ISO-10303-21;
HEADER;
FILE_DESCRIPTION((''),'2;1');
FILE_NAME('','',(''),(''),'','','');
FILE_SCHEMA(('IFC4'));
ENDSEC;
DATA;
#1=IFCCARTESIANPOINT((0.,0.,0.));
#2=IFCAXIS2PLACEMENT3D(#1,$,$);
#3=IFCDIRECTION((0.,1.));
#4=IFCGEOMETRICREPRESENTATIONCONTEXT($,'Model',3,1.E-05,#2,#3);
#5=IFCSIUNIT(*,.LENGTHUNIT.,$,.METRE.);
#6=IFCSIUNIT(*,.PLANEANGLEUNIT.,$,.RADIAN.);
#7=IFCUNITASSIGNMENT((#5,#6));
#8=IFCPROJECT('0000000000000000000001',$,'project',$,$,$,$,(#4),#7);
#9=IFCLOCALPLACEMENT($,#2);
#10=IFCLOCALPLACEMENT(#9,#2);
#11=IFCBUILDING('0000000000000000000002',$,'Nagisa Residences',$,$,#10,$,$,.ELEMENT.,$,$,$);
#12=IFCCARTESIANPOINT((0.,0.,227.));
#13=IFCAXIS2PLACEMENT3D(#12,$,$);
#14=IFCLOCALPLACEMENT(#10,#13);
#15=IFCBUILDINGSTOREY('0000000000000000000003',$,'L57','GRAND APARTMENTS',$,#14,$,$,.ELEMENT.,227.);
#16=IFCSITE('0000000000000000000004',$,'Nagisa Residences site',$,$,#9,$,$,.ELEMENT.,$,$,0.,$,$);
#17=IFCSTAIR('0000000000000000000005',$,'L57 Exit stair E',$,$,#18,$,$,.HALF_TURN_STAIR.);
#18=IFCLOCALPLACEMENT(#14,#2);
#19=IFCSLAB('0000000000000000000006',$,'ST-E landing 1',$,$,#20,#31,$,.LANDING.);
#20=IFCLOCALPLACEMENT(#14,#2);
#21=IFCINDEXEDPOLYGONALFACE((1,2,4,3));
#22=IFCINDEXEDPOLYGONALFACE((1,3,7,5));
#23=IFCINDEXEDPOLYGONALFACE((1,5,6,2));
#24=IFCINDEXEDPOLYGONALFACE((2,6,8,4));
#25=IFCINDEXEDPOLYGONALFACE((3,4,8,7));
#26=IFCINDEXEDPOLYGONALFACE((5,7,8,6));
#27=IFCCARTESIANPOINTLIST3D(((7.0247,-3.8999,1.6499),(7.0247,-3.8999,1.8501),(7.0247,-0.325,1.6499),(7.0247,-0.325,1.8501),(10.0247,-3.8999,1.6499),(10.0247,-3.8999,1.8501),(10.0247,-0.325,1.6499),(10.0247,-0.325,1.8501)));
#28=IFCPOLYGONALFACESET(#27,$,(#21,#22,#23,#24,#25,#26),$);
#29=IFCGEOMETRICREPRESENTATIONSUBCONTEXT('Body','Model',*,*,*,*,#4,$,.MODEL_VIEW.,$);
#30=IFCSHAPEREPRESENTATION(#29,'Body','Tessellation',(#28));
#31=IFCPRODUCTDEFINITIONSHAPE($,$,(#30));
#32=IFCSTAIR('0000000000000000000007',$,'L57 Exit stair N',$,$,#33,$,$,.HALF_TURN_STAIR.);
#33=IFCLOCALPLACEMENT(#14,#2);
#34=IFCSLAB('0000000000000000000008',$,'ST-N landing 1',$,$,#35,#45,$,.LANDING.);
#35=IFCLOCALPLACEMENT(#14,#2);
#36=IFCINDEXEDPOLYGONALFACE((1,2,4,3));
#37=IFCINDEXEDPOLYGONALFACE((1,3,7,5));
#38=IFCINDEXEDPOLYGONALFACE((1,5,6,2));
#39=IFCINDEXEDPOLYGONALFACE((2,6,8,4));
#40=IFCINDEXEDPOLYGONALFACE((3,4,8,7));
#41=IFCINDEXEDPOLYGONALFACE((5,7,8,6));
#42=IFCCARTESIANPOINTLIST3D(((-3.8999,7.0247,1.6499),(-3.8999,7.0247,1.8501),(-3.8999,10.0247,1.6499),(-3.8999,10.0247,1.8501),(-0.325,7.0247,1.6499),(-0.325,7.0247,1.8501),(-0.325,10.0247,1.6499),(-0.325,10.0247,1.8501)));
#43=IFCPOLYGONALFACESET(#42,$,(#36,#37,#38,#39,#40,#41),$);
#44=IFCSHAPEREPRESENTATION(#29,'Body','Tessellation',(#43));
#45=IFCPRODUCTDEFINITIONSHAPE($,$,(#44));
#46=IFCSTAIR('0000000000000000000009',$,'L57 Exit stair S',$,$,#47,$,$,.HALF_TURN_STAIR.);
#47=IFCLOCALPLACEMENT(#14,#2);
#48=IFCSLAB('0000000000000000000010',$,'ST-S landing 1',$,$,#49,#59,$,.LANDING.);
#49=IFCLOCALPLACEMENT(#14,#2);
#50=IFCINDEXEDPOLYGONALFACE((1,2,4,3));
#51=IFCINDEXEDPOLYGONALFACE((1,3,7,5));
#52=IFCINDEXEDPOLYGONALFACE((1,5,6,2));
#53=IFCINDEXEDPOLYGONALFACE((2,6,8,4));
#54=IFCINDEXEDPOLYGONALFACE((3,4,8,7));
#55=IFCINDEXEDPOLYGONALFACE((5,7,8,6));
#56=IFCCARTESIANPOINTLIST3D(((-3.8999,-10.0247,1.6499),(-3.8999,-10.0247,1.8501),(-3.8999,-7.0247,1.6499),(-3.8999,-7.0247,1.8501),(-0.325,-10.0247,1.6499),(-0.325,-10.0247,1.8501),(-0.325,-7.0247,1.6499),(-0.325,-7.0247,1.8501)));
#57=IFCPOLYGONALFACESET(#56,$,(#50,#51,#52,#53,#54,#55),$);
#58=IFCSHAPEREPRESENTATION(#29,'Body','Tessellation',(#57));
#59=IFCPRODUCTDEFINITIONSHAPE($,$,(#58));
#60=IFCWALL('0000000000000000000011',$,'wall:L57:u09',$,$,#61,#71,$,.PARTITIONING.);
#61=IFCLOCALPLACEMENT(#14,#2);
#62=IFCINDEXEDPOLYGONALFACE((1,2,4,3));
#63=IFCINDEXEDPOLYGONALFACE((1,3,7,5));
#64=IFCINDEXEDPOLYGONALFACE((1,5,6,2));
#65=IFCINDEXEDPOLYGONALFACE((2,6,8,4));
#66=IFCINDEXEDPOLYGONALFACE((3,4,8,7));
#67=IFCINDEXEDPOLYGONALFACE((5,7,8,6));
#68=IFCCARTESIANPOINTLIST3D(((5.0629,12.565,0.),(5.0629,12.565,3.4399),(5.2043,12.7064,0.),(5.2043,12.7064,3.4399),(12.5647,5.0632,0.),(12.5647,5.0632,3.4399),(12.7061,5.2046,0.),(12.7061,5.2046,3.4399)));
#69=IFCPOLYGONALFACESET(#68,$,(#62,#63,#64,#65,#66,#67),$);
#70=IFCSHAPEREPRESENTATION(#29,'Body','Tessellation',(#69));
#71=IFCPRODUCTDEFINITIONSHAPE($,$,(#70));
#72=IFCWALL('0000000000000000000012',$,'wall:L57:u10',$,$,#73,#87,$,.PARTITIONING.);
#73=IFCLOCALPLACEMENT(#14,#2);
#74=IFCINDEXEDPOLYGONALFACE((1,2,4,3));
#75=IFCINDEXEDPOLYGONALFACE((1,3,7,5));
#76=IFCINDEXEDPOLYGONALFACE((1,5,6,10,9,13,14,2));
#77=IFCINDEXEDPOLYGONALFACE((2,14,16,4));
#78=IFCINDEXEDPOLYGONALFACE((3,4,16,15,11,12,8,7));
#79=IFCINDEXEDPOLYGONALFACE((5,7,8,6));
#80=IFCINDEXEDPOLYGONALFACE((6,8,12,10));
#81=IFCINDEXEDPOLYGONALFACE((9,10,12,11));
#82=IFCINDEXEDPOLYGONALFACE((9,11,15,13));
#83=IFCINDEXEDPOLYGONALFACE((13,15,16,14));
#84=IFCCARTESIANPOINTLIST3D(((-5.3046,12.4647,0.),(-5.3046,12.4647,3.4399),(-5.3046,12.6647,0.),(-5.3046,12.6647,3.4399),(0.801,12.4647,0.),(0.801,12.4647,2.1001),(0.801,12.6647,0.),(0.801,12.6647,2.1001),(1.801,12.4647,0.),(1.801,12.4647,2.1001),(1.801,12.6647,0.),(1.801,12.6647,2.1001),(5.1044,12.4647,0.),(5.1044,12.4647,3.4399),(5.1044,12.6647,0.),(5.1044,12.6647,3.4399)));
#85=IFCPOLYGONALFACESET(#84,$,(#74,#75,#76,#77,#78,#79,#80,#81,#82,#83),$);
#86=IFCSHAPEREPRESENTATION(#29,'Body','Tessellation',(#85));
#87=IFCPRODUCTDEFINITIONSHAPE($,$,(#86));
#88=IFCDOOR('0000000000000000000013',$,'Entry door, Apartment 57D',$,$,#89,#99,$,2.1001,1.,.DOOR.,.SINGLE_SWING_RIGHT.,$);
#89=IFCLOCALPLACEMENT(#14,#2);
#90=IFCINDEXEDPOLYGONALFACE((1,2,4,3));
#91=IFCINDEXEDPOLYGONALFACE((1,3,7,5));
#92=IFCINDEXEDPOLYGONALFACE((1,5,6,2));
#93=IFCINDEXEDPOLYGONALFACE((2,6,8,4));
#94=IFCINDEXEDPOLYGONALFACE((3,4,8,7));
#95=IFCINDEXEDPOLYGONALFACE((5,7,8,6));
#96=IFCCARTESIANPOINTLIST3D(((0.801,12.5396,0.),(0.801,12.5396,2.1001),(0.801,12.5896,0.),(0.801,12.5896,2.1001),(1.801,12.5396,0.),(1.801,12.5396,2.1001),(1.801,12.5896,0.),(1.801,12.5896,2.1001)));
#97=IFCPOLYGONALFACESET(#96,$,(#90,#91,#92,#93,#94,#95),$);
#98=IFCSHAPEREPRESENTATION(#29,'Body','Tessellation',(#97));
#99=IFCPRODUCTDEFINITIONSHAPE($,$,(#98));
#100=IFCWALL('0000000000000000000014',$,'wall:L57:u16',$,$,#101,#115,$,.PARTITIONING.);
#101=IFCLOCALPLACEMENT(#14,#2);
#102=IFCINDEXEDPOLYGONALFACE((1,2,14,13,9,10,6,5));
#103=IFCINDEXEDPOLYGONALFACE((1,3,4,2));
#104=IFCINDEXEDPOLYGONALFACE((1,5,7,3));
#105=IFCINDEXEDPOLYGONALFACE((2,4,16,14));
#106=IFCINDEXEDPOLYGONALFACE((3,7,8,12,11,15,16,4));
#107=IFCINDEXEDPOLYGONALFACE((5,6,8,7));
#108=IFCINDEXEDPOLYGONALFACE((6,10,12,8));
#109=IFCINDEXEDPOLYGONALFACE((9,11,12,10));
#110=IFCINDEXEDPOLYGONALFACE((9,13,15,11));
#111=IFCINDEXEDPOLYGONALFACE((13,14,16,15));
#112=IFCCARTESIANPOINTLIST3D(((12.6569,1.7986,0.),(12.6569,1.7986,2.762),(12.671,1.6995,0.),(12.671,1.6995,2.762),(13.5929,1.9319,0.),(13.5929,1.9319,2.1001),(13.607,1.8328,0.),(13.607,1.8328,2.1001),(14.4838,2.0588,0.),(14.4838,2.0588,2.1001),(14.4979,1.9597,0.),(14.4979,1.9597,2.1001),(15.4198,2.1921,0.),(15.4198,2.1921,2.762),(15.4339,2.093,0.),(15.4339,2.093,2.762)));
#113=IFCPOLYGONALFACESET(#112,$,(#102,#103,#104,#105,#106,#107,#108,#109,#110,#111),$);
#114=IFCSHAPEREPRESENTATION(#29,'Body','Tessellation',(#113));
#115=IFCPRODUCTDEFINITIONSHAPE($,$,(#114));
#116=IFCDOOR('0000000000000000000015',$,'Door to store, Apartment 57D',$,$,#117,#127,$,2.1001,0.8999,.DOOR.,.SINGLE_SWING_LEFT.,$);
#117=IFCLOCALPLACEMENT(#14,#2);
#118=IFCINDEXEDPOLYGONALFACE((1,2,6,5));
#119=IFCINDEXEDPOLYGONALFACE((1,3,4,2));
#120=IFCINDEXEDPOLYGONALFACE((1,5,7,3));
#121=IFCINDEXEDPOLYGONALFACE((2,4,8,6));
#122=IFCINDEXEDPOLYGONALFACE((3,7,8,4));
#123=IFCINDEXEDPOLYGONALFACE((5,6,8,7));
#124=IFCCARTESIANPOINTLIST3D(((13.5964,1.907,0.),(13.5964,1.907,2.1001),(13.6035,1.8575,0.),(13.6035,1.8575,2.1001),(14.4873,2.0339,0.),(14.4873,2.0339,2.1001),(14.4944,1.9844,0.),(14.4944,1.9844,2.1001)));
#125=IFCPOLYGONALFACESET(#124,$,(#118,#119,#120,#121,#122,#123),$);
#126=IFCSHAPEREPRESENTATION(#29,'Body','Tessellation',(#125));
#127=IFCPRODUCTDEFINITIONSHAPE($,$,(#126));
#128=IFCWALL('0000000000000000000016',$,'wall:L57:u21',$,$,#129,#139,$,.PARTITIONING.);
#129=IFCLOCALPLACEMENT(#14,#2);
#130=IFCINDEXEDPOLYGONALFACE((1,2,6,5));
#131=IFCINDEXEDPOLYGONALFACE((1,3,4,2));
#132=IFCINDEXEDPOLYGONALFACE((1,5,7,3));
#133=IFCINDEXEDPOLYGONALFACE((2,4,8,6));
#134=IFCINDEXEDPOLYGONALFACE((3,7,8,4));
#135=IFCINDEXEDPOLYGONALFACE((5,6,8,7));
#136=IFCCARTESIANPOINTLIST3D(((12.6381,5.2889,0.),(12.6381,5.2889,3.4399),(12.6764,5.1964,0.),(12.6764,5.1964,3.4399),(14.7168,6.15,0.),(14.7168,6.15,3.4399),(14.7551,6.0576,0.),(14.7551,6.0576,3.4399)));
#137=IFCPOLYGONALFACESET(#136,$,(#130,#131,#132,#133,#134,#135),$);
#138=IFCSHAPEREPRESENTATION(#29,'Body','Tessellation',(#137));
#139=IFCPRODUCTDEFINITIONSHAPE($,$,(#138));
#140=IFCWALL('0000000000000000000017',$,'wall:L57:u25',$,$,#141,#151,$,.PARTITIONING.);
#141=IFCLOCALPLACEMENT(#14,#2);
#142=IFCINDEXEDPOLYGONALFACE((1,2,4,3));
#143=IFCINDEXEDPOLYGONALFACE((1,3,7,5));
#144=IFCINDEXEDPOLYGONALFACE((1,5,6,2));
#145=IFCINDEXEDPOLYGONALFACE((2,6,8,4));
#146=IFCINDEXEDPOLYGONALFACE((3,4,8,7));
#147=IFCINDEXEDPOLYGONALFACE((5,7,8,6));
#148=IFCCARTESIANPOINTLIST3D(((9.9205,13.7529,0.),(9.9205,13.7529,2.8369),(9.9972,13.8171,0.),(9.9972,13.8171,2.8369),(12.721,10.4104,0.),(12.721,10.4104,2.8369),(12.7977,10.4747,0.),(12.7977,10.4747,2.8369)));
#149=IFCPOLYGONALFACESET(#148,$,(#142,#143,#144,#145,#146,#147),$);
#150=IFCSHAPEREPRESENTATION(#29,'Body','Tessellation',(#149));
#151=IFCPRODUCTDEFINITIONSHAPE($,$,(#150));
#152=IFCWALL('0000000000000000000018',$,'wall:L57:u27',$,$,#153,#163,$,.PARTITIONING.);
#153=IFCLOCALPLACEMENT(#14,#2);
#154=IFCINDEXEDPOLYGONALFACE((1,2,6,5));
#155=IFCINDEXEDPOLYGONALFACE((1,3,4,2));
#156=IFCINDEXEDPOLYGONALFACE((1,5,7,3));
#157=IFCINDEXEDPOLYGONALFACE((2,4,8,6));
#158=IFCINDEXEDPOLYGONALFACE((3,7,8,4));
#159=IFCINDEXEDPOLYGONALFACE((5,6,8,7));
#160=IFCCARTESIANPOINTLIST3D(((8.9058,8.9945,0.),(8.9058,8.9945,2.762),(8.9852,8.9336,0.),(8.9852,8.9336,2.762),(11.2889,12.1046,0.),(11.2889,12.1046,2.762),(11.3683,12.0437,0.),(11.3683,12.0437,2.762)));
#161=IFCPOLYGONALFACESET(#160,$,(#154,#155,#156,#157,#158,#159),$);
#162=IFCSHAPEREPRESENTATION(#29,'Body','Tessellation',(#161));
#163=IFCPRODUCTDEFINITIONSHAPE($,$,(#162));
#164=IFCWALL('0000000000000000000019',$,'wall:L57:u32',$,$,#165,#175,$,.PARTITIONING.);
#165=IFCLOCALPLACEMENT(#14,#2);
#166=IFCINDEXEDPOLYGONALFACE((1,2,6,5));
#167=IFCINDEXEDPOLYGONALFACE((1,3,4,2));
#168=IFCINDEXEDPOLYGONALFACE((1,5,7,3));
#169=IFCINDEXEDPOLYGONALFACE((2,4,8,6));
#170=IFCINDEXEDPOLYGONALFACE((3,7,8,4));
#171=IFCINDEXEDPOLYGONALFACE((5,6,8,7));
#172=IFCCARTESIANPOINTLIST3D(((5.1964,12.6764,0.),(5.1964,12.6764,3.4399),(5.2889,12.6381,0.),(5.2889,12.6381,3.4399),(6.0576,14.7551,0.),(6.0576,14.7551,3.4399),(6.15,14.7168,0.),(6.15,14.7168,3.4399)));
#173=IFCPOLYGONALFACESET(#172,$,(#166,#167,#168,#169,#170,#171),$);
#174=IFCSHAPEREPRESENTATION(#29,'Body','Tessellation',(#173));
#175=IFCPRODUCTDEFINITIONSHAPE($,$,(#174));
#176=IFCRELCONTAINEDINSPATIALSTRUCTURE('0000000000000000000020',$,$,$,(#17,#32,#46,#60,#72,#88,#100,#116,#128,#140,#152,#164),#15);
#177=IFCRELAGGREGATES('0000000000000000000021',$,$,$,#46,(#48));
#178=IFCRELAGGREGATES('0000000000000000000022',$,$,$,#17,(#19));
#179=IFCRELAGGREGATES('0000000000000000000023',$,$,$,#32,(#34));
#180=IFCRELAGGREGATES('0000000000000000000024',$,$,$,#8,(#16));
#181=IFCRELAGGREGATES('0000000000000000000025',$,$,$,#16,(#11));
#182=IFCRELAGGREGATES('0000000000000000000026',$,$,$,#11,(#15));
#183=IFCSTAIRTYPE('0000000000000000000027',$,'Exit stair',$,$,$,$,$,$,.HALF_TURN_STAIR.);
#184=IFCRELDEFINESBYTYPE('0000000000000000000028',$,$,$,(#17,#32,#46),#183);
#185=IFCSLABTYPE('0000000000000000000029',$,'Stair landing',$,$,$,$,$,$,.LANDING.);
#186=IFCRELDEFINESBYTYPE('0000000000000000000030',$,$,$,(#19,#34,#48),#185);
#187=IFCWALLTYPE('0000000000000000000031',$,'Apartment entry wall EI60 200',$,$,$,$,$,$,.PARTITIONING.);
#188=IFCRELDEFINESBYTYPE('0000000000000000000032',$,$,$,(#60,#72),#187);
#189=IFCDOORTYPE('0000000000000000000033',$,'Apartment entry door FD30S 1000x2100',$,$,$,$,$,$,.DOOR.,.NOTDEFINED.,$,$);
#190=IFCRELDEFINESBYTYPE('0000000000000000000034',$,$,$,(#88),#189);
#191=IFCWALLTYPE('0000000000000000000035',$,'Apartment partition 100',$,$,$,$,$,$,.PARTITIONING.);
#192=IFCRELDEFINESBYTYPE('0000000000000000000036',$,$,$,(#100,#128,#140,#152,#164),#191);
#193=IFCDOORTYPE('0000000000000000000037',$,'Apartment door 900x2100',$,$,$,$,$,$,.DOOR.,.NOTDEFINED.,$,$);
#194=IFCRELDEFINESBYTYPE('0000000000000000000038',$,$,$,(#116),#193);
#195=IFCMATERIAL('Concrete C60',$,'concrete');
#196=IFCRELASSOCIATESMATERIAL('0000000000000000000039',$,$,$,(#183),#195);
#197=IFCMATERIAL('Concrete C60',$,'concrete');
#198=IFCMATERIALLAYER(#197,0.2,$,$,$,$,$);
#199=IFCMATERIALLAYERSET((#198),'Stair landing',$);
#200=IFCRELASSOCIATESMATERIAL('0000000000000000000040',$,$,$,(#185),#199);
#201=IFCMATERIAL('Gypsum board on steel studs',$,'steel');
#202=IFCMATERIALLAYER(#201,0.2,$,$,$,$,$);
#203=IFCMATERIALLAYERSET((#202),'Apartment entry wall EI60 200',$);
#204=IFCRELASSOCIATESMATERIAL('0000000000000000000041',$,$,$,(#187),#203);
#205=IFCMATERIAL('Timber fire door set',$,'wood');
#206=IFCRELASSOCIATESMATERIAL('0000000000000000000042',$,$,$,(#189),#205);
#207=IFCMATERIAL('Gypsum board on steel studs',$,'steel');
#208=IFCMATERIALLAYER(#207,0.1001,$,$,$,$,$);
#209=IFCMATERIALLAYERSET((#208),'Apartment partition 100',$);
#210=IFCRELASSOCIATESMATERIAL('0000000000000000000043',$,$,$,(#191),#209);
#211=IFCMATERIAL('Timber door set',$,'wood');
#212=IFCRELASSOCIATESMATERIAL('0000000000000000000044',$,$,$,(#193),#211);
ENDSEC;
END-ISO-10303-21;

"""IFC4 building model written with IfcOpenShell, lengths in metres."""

from ifc_helpers import new_model, si_unit, direction, frame, frame_2d, origin, place, context, subcontext, project, spatial, polyline, rectangle, outline, extrude, material, layer, layer_set, type_object, element, fill, aggregate, save


model = new_model("IFC4")

# Units and contexts
model_context = context("Model", 3, precision=1e-05, world=origin(), true_north=direction((0.0, 1.0)))
body_context = subcontext(model_context, "Body", "Model", "MODEL_VIEW")
ifc_project = project(units=[si_unit("LENGTHUNIT", "METRE"), si_unit("PLANEANGLEUNIT", "RADIAN")], contexts=[model_context])

# Site, building, storey
site_placement = place(None, origin())
site = spatial("IfcSite", under=ifc_project, at=site_placement, Name="Nagisa Residences site", CompositionType="ELEMENT", RefElevation=0.0)
building_placement = place(site_placement, origin())
building = spatial("IfcBuilding", under=site, at=building_placement, Name="Nagisa Residences", CompositionType="ELEMENT")
storey_placement = place(building_placement, frame((0.0, 0.0, 227.0)))
storey = spatial("IfcBuildingStorey", under=building, at=storey_placement, Name="L57", Description="GRAND APARTMENTS", CompositionType="ELEMENT", Elevation=227.0)

# Stairs, slabs
ifc_material_1 = material(Name="Concrete C60", Category="concrete")
stair_type = type_object("IfcStairType", Name="Exit stair", PredefinedType="HALF_TURN_STAIR", material=ifc_material_1)
stair_1_placement = place(storey_placement, origin())
stair_1 = element("IfcStair", 1, at=stair_1_placement, inside=storey, type_object=stair_type, Name="L57 Exit stair E", PredefinedType="HALF_TURN_STAIR")
ifc_material_2 = material(Name="Concrete C60", Category="concrete")
ifc_layer_1 = layer(ifc_material_2, 0.2)
ifc_layer_set_1 = layer_set([ifc_layer_1], Name="Stair landing")
slab_type = type_object("IfcSlabType", Name="Stair landing", PredefinedType="LANDING", material=ifc_layer_set_1)
slab_1_placement = place(storey_placement, frame((0.0, 0.0, 1.6499)))
slab_1 = element("IfcSlab", 2, at=slab_1_placement, type_object=slab_type, Name="ST-E landing 1", PredefinedType="LANDING", context=body_context, shape_type="SweptSolid", body=[
    extrude(outline(polyline([(7.0247, -0.325), (7.0247, -3.8999), (10.0247, -3.8999), (10.0247, -0.325), (7.0247, -0.325)])), origin(), (0.0, 0.0, 1.0), 0.2002),
])
stair_2_placement = place(storey_placement, origin())
stair_2 = element("IfcStair", 3, at=stair_2_placement, inside=storey, type_object=stair_type, Name="L57 Exit stair N", PredefinedType="HALF_TURN_STAIR")
slab_2_placement = place(storey_placement, frame((0.0, 0.0, 1.6499)))
slab_2 = element("IfcSlab", 4, at=slab_2_placement, type_object=slab_type, Name="ST-N landing 1", PredefinedType="LANDING", context=body_context, shape_type="SweptSolid", body=[
    extrude(outline(polyline([(-0.325, 10.0247), (-3.8999, 10.0247), (-3.8999, 7.0247), (-0.325, 7.0247), (-0.325, 10.0247)])), origin(), (0.0, 0.0, 1.0), 0.2002),
])
stair_3_placement = place(storey_placement, origin())
stair_3 = element("IfcStair", 5, at=stair_3_placement, inside=storey, type_object=stair_type, Name="L57 Exit stair S", PredefinedType="HALF_TURN_STAIR")
slab_3_placement = place(storey_placement, frame((0.0, 0.0, 1.6499)))
slab_3 = element("IfcSlab", 6, at=slab_3_placement, type_object=slab_type, Name="ST-S landing 1", PredefinedType="LANDING", context=body_context, shape_type="SweptSolid", body=[
    extrude(outline(polyline([(-0.325, -7.0247), (-3.8999, -7.0247), (-3.8999, -10.0247), (-0.325, -10.0247), (-0.325, -7.0247)])), origin(), (0.0, 0.0, 1.0), 0.2002),
])
aggregate(stair_3, [slab_3])

# Wall
ifc_material_3 = material(Name="Gypsum board on steel studs", Category="steel")
ifc_layer_2 = layer(ifc_material_3, 0.2)
ifc_layer_set_2 = layer_set([ifc_layer_2], Name="Apartment entry wall EI60 200")
wall_type_1 = type_object("IfcWallType", Name="Apartment entry wall EI60 200", PredefinedType="PARTITIONING", material=ifc_layer_set_2)
wall_1_placement = place(storey_placement, frame((12.6355, 5.1338, 0.0), z_axis=(0.0, 0.0, 1.0), x_axis=(-0.707107, 0.707107, 0.0)))
element("IfcWall", 7, at=wall_1_placement, inside=storey, type_object=wall_type_1, Name="wall:L57:u09", PredefinedType="PARTITIONING", context=body_context, shape_type="SweptSolid", body=[
    extrude(rectangle(XDim=10.6091, YDim=0.2, at=frame_2d((5.3047, 0.0))), origin(), (0.0, 0.0, 1.0), 3.4399),
])

# Walls, openings, doors
wall_2_placement = place(storey_placement, frame((5.1045, 12.5647, 0.0), z_axis=(0.0, 0.0, 1.0), x_axis=(-1.0, 0.0, 0.0)))
wall_2 = element("IfcWall", 8, at=wall_2_placement, inside=storey, type_object=wall_type_1, Name="wall:L57:u10", PredefinedType="PARTITIONING", context=body_context, shape_type="SweptSolid", body=[
    extrude(rectangle(XDim=10.4089, YDim=0.2, at=frame_2d((5.2046, 0.0))), origin(), (0.0, 0.0, 1.0), 3.4399),
])
opening_1_placement = place(wall_2_placement, frame((3.3035, 0.0, 0.0)))
opening_1 = element("IfcOpeningElement", 9, at=opening_1_placement, cuts=wall_2, PredefinedType="OPENING", context=body_context, shape_type="SweptSolid", body=[
    extrude(rectangle(XDim=1.0, YDim=2.1001, at=frame_2d((0.5, 1.05))), frame((0.0, 0.1099, 0.0), z_axis=(0.0, -1.0, 0.0), x_axis=(1.0, 0.0, 0.0)), (0.0, 0.0, 1.0), 0.22),
])
ifc_material_4 = material(Name="Timber fire door set", Category="wood")
door_type_1 = type_object("IfcDoorType", Name="Apartment entry door FD30S 1000x2100", OperationType="NOTDEFINED", PredefinedType="DOOR", material=ifc_material_4)
door_1_placement = place(opening_1_placement, frame((1.0, 0.0, 0.0), x_axis=(-1.0, 0.0, 0.0)))
door_1 = element("IfcDoor", 10, at=door_1_placement, inside=storey, type_object=door_type_1, Name="Entry door, Apartment 57D", OperationType="SINGLE_SWING_RIGHT", OverallHeight=2.1001, OverallWidth=1.0, PredefinedType="DOOR", context=body_context, shape_type="SweptSolid", body=[
    extrude(rectangle(XDim=1.0, YDim=2.1001, at=frame_2d((0.5, 1.05))), frame((0.0, 0.0249, 0.0), z_axis=(0.0, -1.0, 0.0), x_axis=(1.0, 0.0, 0.0)), (0.0, 0.0, 1.0), 0.05),
])
fill(opening_1, door_1)
ifc_material_5 = material(Name="Gypsum board on steel studs", Category="steel")
ifc_layer_3 = layer(ifc_material_5, 0.1001)
ifc_layer_set_3 = layer_set([ifc_layer_3], Name="Apartment partition 100")
wall_type_2 = type_object("IfcWallType", Name="Apartment partition 100", PredefinedType="PARTITIONING", material=ifc_layer_set_3)
wall_3_placement = place(storey_placement, frame((12.6638, 1.749, 0.0), z_axis=(0.0, 0.0, 1.0), x_axis=(0.990007, 0.141017, 0.0)))
wall_3 = element("IfcWall", 11, at=wall_3_placement, inside=storey, type_object=wall_type_2, Name="wall:L57:u16", PredefinedType="PARTITIONING", context=body_context, shape_type="SweptSolid", body=[
    extrude(rectangle(XDim=2.7908, YDim=0.1001, at=frame_2d((1.3955, 0.0))), origin(), (0.0, 0.0, 1.0), 2.762),
])
opening_2_placement = place(wall_3_placement, frame((0.9456, 0.0, 0.0)))
opening_2 = element("IfcOpeningElement", 12, at=opening_2_placement, cuts=wall_3, PredefinedType="OPENING", context=body_context, shape_type="SweptSolid", body=[
    extrude(rectangle(XDim=0.8999, YDim=2.1001, at=frame_2d((0.45, 1.05))), frame((0.0, 0.0601, 0.0), z_axis=(0.0, -1.0, 0.0), x_axis=(1.0, 0.0, 0.0)), (0.0, 0.0, 1.0), 0.1201),
])
ifc_material_6 = material(Name="Timber door set", Category="wood")
door_type_2 = type_object("IfcDoorType", Name="Apartment door 900x2100", OperationType="NOTDEFINED", PredefinedType="DOOR", material=ifc_material_6)
door_2_placement = place(opening_2_placement, origin())
door_2 = element("IfcDoor", 13, at=door_2_placement, inside=storey, type_object=door_type_2, Name="Door to store, Apartment 57D", OperationType="SINGLE_SWING_LEFT", OverallHeight=2.1001, OverallWidth=0.8999, PredefinedType="DOOR", context=body_context, shape_type="SweptSolid", body=[
    extrude(rectangle(XDim=0.8999, YDim=2.1001, at=frame_2d((0.45, 1.05))), frame((0.0, 0.0249, 0.0), z_axis=(0.0, -1.0, 0.0), x_axis=(1.0, 0.0, 0.0)), (0.0, 0.0, 1.0), 0.05),
])
fill(opening_2, door_2)

# Walls
wall_4_placement = place(storey_placement, frame((12.6572, 5.2427, 0.0), z_axis=(0.0, 0.0, 1.0), x_axis=(0.923865, 0.382719, 0.0)))
element("IfcWall", 14, at=wall_4_placement, inside=storey, type_object=wall_type_2, Name="wall:L57:u21", PredefinedType="PARTITIONING", context=body_context, shape_type="SweptSolid", body=[
    extrude(rectangle(XDim=2.25, YDim=0.1001, at=frame_2d((1.125, 0.0))), origin(), (0.0, 0.0, 1.0), 3.4399),
])
wall_5_placement = place(storey_placement, frame((12.7593, 10.4426, 0.0), z_axis=(0.0, 0.0, 1.0), x_axis=(-0.642225, 0.766516, 0.0)))
element("IfcWall", 15, at=wall_5_placement, inside=storey, type_object=wall_type_2, Name="wall:L57:u25", PredefinedType="PARTITIONING", context=body_context, shape_type="SweptSolid", body=[
    extrude(rectangle(XDim=4.3606, YDim=0.1001, at=frame_2d((2.1802, 0.0))), origin(), (0.0, 0.0, 1.0), 2.8369),
])
wall_6_placement = place(storey_placement, frame((8.9456, 8.9641, 0.0), z_axis=(0.0, 0.0, 1.0), x_axis=(0.608213, 0.793774, 0.0)))
element("IfcWall", 16, at=wall_6_placement, inside=storey, type_object=wall_type_2, Name="wall:L57:u27", PredefinedType="PARTITIONING", context=body_context, shape_type="SweptSolid", body=[
    extrude(rectangle(XDim=3.9182, YDim=0.1001, at=frame_2d((1.959, 0.0))), origin(), (0.0, 0.0, 1.0), 2.762),
])
wall_7_placement = place(storey_placement, frame((5.2427, 12.6572, 0.0), z_axis=(0.0, 0.0, 1.0), x_axis=(0.382719, 0.923865, 0.0)))
element("IfcWall", 17, at=wall_7_placement, inside=storey, type_object=wall_type_2, Name="wall:L57:u32", PredefinedType="PARTITIONING", context=body_context, shape_type="SweptSolid", body=[
    extrude(rectangle(XDim=2.25, YDim=0.1001, at=frame_2d((1.125, 0.0))), origin(), (0.0, 0.0, 1.0), 3.4399),
])

aggregate(stair_1, [slab_1])
aggregate(stair_2, [slab_2])

save(model, "model.ifc")
